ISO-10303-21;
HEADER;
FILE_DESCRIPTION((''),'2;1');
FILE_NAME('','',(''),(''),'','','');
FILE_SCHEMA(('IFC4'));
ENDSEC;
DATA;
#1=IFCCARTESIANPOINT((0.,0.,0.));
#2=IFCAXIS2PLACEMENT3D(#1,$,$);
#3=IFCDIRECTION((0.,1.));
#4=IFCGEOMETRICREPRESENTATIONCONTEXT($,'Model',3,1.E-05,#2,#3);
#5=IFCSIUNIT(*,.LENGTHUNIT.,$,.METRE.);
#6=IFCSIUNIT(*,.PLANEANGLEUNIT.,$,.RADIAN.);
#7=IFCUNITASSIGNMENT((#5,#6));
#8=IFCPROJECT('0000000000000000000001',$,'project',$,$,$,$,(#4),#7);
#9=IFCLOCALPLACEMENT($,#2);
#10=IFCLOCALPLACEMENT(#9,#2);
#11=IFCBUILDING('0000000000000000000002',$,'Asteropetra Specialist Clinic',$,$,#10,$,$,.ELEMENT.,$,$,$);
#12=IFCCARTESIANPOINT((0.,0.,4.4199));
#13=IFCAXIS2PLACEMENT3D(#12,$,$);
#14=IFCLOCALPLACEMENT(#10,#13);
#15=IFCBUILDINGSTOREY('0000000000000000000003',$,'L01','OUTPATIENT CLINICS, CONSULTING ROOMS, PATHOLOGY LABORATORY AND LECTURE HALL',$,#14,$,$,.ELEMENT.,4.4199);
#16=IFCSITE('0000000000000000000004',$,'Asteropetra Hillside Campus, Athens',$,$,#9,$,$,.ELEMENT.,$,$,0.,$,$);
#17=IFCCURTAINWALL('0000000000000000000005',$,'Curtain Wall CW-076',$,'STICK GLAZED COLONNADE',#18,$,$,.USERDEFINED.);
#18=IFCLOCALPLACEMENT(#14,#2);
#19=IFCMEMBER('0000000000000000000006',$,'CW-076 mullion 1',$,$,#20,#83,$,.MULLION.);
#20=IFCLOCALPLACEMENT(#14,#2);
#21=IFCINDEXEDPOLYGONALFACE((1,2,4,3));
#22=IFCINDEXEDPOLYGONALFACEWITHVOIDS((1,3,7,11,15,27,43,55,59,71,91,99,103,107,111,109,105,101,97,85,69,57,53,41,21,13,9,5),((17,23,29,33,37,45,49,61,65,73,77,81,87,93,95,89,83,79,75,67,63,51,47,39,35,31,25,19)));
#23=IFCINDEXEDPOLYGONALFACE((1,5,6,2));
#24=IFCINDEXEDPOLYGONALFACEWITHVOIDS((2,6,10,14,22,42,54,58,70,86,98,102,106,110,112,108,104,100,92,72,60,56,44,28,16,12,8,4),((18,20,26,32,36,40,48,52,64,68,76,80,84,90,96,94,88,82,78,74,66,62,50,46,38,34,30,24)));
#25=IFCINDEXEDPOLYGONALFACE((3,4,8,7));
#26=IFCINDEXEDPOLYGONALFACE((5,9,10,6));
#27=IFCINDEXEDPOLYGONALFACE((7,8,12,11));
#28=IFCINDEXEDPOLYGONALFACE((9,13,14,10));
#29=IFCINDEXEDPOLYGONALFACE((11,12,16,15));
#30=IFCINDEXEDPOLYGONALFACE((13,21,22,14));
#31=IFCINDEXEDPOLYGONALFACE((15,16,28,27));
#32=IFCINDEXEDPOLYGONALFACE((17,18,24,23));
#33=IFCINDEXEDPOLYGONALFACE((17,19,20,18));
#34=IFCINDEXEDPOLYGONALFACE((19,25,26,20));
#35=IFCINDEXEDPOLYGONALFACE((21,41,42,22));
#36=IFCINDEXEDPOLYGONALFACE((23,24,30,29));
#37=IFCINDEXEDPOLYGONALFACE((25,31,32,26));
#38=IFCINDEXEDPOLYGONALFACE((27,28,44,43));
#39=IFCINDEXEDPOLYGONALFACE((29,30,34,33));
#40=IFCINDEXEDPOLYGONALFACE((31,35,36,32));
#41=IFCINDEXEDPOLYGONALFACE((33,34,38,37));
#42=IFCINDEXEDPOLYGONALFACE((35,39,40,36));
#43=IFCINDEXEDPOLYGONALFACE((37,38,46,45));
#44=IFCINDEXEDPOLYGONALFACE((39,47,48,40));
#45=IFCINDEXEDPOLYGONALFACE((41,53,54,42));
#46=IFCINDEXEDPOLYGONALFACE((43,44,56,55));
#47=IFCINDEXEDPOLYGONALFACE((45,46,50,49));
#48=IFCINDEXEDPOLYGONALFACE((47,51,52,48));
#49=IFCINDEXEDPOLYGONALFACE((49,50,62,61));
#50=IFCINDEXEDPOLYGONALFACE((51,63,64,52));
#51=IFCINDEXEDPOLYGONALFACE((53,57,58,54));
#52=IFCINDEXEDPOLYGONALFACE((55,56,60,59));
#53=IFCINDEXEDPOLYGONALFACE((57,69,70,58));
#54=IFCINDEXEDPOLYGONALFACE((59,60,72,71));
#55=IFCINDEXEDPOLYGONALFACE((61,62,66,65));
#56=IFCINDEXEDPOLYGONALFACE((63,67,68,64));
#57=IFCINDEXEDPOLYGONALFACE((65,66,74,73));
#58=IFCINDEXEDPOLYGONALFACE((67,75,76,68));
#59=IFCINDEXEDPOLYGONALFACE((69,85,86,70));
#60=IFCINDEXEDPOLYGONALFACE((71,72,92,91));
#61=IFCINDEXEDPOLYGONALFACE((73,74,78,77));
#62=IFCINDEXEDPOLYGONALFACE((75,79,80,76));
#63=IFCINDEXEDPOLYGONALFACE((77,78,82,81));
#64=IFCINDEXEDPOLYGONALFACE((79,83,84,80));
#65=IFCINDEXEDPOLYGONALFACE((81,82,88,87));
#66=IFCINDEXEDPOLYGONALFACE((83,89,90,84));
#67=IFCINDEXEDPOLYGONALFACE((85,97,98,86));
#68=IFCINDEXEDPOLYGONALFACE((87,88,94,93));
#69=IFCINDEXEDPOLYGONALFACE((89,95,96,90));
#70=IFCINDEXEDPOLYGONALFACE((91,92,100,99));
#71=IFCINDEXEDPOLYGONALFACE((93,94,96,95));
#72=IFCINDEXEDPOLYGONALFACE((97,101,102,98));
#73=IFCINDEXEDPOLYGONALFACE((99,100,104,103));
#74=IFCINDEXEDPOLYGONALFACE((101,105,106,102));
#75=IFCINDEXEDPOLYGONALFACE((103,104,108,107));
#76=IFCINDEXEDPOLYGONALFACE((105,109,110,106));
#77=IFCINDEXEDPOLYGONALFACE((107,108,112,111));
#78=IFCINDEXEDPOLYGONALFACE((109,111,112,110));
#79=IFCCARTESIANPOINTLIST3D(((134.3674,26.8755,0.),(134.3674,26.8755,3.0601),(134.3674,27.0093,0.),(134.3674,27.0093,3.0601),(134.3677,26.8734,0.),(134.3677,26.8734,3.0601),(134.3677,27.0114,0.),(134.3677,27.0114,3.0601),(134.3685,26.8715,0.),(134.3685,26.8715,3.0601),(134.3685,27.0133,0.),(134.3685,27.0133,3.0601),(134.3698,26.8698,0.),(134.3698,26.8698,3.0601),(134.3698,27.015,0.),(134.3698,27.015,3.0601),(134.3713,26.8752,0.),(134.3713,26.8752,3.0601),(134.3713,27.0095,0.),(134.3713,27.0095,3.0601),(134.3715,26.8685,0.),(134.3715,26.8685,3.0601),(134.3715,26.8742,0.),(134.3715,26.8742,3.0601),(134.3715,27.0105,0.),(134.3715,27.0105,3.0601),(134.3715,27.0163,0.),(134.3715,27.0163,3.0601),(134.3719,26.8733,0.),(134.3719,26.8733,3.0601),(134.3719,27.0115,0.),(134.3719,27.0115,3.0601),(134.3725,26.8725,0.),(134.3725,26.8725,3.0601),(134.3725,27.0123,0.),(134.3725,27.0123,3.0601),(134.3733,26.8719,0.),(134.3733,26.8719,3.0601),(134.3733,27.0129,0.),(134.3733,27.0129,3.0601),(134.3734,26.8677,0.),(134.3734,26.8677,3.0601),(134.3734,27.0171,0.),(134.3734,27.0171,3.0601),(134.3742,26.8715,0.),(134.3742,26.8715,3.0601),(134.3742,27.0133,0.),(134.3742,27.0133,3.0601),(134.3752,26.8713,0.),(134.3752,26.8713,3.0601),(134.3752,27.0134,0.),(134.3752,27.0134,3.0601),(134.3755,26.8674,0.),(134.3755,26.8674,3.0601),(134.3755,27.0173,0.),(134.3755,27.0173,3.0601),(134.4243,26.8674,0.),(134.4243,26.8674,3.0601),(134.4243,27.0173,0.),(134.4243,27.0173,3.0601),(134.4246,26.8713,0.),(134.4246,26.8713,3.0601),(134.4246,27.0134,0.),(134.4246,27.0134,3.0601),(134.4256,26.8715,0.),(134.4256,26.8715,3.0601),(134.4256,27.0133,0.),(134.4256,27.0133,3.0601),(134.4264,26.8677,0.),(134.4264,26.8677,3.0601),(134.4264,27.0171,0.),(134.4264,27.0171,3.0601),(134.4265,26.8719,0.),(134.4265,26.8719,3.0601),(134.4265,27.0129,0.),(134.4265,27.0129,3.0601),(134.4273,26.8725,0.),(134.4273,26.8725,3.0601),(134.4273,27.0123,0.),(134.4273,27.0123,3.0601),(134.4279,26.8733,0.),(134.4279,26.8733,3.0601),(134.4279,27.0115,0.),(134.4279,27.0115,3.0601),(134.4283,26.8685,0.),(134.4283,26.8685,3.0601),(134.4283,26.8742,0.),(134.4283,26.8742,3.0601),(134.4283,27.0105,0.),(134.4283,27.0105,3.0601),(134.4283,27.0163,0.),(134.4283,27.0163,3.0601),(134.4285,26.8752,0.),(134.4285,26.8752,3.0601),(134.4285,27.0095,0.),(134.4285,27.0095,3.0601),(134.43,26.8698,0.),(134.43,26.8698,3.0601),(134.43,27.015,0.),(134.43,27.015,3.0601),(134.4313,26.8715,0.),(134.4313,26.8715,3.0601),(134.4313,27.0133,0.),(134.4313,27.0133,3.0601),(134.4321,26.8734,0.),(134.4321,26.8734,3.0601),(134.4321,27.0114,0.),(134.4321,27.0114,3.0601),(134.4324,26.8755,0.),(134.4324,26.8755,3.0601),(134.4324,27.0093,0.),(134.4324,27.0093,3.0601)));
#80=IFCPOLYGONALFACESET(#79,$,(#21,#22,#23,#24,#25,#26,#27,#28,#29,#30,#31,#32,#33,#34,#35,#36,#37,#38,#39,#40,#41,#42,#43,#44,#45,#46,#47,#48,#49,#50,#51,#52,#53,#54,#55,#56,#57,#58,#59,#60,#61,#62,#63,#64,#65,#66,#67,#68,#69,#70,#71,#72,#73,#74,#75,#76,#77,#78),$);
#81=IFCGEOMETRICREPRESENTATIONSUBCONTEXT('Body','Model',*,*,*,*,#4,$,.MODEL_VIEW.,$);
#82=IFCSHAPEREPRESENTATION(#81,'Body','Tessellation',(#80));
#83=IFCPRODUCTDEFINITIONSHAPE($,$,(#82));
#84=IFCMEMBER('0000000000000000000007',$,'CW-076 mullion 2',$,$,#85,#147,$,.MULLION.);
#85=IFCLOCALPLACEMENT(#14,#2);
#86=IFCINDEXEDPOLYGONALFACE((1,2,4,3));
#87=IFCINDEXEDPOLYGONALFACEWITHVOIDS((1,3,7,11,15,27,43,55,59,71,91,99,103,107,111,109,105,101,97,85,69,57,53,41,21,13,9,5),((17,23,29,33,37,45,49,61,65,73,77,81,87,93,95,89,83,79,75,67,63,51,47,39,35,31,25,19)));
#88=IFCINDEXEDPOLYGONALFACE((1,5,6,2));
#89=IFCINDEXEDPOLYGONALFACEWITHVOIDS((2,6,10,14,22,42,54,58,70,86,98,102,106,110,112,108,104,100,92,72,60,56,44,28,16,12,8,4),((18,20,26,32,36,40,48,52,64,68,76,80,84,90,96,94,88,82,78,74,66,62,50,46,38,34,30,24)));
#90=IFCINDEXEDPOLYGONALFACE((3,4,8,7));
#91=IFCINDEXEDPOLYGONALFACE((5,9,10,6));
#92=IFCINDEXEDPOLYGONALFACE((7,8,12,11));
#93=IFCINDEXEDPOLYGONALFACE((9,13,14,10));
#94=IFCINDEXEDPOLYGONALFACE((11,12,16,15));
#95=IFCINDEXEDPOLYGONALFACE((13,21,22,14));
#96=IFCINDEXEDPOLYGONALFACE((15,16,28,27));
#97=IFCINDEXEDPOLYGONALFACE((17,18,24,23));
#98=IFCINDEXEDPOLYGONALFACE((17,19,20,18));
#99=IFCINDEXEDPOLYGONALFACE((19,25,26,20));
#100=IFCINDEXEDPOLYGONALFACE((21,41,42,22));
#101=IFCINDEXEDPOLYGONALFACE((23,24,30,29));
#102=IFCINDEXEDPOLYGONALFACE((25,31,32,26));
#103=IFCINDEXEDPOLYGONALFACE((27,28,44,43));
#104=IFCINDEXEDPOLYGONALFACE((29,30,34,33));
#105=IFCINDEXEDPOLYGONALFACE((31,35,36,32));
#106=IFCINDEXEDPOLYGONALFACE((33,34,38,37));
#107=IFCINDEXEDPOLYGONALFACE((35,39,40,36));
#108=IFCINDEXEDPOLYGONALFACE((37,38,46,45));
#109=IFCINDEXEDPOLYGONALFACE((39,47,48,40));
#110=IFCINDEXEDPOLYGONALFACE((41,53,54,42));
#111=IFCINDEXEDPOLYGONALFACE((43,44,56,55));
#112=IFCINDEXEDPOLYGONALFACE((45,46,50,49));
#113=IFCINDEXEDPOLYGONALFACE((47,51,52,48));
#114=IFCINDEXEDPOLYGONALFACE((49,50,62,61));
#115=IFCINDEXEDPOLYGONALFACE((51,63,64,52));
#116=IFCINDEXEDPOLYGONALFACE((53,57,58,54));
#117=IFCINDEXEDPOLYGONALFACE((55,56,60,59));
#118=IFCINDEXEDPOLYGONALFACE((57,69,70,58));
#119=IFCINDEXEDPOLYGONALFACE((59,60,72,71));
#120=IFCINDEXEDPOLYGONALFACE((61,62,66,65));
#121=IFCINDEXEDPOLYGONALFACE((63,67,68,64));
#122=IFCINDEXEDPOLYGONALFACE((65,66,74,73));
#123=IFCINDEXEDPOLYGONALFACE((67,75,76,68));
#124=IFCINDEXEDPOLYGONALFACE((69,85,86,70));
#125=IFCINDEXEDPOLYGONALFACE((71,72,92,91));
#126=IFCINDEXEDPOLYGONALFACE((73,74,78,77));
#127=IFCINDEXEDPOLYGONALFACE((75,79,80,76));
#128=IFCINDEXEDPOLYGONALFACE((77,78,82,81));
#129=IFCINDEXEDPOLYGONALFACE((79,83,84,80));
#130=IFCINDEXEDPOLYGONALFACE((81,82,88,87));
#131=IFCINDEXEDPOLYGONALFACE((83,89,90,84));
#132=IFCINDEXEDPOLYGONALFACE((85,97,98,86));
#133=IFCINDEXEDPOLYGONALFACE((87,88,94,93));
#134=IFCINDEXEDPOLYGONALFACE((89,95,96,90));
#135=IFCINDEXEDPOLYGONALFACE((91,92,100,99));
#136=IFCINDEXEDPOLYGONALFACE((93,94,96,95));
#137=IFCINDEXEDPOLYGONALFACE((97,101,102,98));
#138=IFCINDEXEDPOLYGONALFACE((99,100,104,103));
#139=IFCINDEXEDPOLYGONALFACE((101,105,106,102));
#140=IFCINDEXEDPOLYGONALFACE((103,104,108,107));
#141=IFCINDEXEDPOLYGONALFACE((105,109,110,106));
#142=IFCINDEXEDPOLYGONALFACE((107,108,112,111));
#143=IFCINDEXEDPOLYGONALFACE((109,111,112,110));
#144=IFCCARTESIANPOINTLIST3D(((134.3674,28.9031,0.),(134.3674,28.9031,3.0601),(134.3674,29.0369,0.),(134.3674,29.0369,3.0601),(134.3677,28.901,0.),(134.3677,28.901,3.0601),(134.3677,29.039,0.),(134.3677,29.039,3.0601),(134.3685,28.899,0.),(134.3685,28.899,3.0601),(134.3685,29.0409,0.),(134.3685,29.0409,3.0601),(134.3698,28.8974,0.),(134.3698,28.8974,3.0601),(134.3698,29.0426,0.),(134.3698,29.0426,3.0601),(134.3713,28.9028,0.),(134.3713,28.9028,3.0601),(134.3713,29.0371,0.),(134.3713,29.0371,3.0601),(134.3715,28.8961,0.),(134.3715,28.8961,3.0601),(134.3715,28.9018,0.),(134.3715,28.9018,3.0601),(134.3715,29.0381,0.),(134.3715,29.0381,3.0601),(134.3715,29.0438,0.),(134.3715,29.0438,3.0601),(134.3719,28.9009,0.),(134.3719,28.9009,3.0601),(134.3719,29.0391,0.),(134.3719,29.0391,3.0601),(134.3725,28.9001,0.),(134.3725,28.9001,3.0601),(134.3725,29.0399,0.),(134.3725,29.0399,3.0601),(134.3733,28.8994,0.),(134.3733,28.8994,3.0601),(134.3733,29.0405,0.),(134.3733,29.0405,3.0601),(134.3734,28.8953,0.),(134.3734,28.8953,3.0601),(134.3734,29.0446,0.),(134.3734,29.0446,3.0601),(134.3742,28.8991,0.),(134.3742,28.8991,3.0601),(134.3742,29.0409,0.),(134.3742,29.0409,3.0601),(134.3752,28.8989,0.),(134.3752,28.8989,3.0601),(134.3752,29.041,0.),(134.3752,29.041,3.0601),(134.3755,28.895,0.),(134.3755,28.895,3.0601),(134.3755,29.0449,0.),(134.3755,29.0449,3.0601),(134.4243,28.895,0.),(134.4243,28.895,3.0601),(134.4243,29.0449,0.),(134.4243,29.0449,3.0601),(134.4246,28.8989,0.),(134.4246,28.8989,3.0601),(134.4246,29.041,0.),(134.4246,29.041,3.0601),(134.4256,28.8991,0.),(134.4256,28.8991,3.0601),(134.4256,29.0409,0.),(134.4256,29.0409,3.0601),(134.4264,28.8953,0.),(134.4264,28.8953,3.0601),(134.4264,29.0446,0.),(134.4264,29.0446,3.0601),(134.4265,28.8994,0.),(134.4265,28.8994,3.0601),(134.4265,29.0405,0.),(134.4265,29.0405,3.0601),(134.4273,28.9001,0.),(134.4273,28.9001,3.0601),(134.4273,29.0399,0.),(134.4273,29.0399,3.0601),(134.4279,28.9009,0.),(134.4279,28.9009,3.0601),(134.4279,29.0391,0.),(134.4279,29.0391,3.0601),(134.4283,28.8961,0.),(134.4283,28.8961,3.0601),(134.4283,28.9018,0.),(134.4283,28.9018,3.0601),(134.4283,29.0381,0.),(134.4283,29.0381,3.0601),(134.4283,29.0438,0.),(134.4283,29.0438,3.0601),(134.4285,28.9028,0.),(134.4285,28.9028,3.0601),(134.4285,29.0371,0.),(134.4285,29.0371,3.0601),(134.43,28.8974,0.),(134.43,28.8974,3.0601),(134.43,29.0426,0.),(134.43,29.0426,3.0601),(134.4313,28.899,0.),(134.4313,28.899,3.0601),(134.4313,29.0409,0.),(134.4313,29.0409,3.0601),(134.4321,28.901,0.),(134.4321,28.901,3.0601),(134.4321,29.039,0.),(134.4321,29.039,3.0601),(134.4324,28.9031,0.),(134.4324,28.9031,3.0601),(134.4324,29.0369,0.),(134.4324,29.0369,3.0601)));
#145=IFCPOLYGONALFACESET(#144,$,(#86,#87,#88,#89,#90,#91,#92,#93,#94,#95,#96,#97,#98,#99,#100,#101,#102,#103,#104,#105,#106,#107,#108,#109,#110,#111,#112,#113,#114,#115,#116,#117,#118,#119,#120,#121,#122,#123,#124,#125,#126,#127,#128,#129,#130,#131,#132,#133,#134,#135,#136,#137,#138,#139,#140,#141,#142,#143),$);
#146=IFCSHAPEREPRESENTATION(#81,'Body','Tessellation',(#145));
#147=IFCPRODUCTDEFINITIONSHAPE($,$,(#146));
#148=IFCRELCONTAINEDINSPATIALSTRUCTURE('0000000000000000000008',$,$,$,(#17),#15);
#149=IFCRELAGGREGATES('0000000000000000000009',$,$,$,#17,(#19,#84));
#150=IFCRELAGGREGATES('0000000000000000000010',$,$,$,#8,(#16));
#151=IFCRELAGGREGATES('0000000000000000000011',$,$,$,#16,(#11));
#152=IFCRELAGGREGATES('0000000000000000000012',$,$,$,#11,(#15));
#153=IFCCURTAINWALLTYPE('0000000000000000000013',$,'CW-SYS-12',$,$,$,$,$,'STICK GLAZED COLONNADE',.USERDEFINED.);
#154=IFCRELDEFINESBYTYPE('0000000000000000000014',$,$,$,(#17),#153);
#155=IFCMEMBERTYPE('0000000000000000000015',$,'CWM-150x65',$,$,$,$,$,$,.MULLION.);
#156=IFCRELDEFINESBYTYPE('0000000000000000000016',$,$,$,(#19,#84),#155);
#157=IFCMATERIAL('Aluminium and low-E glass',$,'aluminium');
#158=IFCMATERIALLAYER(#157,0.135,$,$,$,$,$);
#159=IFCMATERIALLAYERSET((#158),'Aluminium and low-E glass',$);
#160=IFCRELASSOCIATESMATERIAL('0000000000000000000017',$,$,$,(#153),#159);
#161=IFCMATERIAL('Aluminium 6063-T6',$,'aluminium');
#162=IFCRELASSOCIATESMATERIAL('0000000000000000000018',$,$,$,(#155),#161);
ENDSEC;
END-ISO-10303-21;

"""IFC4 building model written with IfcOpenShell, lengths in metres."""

from ifc_helpers import new_model, si_unit, direction, frame, origin, origin_2d, place, context, subcontext, project, spatial, hollow_rectangle, extrude, material, layer, layer_set, material_profile, profile_set, type_object, element, aggregate, save


model = new_model("IFC4")

# Units and contexts
model_context = context("Model", 3, precision=1e-05, world=origin(), true_north=direction((0.0, 1.0)))
body_context = subcontext(model_context, "Body", "Model", "MODEL_VIEW")
ifc_project = project(units=[si_unit("LENGTHUNIT", "METRE"), si_unit("PLANEANGLEUNIT", "RADIAN")], contexts=[model_context])

# Site, building, storey
site_placement = place(None, origin())
site = spatial("IfcSite", under=ifc_project, at=site_placement, Name="Asteropetra Hillside Campus, Athens", CompositionType="ELEMENT", RefElevation=0.0)
building_placement = place(site_placement, origin())
building = spatial("IfcBuilding", under=site, at=building_placement, Name="Asteropetra Specialist Clinic", CompositionType="ELEMENT")
storey_placement = place(building_placement, frame((0.0, 0.0, 4.4199)))
storey = spatial("IfcBuildingStorey", under=building, at=storey_placement, Name="L01", Description="OUTPATIENT CLINICS, CONSULTING ROOMS, PATHOLOGY LABORATORY AND LECTURE HALL", CompositionType="ELEMENT", Elevation=4.4199)

# Curtain wall, members
ifc_material_1 = material(Name="Aluminium and low-E glass", Category="aluminium")
ifc_layer_1 = layer(ifc_material_1, 0.135)
ifc_layer_set_1 = layer_set([ifc_layer_1], Name="Aluminium and low-E glass")
curtain_wall_type_1 = type_object("IfcCurtainWallType", Name="CW-SYS-12", ElementType="STICK GLAZED COLONNADE", PredefinedType="USERDEFINED", material=ifc_layer_set_1)
curtain_wall_1_placement = place(storey_placement, origin())
curtain_wall_1 = element("IfcCurtainWall", 1, at=curtain_wall_1_placement, inside=storey, type_object=curtain_wall_type_1, Name="Curtain Wall CW-076", ObjectType="STICK GLAZED COLONNADE", PredefinedType="USERDEFINED")
ifc_material_2 = material(Name="Aluminium 6063-T6", Category="aluminium")
ifc_material_profile_1 = material_profile(ifc_material_2, hollow_rectangle(XDim=0.0649, YDim=0.1499, WallThickness=0.0039, InnerFilletRadius=0.0039, OuterFilletRadius=0.0081, at=origin_2d()), Name="MUL 150x65x4.0")
ifc_profile_set_1 = profile_set([ifc_material_profile_1], Name="Aluminium 6063-T6")
member_type_1 = type_object("IfcMemberType", Name="CWM-150x65", PredefinedType="MULLION", material=ifc_profile_set_1)
member_1_placement = place(storey_placement, frame((134.3999, 26.9424, 0.0), z_axis=(0.0, 0.0, 1.0), x_axis=(-1.0, 0.0, 0.0)))
member_1 = element("IfcMember", 2, at=member_1_placement, type_object=member_type_1, Name="CW-076 mullion 1", PredefinedType="MULLION", context=body_context, shape_type="SweptSolid", body=[
    extrude(hollow_rectangle(XDim=0.0649, YDim=0.1499, WallThickness=0.0039, InnerFilletRadius=0.0039, OuterFilletRadius=0.0081, at=origin_2d()), origin(), (0.0, 0.0, 1.0), 3.0601),
])
member_2_placement = place(storey_placement, frame((134.3999, 28.97, 0.0), z_axis=(0.0, 0.0, 1.0), x_axis=(-1.0, 0.0, 0.0)))
member_2 = element("IfcMember", 3, at=member_2_placement, type_object=member_type_1, Name="CW-076 mullion 2", PredefinedType="MULLION", context=body_context, shape_type="SweptSolid", body=[
    extrude(hollow_rectangle(XDim=0.0649, YDim=0.1499, WallThickness=0.0039, InnerFilletRadius=0.0039, OuterFilletRadius=0.0081, at=origin_2d()), origin(), (0.0, 0.0, 1.0), 3.0601),
])

aggregate(curtain_wall_1, [member_1, member_2])

save(model, "model.ifc")
